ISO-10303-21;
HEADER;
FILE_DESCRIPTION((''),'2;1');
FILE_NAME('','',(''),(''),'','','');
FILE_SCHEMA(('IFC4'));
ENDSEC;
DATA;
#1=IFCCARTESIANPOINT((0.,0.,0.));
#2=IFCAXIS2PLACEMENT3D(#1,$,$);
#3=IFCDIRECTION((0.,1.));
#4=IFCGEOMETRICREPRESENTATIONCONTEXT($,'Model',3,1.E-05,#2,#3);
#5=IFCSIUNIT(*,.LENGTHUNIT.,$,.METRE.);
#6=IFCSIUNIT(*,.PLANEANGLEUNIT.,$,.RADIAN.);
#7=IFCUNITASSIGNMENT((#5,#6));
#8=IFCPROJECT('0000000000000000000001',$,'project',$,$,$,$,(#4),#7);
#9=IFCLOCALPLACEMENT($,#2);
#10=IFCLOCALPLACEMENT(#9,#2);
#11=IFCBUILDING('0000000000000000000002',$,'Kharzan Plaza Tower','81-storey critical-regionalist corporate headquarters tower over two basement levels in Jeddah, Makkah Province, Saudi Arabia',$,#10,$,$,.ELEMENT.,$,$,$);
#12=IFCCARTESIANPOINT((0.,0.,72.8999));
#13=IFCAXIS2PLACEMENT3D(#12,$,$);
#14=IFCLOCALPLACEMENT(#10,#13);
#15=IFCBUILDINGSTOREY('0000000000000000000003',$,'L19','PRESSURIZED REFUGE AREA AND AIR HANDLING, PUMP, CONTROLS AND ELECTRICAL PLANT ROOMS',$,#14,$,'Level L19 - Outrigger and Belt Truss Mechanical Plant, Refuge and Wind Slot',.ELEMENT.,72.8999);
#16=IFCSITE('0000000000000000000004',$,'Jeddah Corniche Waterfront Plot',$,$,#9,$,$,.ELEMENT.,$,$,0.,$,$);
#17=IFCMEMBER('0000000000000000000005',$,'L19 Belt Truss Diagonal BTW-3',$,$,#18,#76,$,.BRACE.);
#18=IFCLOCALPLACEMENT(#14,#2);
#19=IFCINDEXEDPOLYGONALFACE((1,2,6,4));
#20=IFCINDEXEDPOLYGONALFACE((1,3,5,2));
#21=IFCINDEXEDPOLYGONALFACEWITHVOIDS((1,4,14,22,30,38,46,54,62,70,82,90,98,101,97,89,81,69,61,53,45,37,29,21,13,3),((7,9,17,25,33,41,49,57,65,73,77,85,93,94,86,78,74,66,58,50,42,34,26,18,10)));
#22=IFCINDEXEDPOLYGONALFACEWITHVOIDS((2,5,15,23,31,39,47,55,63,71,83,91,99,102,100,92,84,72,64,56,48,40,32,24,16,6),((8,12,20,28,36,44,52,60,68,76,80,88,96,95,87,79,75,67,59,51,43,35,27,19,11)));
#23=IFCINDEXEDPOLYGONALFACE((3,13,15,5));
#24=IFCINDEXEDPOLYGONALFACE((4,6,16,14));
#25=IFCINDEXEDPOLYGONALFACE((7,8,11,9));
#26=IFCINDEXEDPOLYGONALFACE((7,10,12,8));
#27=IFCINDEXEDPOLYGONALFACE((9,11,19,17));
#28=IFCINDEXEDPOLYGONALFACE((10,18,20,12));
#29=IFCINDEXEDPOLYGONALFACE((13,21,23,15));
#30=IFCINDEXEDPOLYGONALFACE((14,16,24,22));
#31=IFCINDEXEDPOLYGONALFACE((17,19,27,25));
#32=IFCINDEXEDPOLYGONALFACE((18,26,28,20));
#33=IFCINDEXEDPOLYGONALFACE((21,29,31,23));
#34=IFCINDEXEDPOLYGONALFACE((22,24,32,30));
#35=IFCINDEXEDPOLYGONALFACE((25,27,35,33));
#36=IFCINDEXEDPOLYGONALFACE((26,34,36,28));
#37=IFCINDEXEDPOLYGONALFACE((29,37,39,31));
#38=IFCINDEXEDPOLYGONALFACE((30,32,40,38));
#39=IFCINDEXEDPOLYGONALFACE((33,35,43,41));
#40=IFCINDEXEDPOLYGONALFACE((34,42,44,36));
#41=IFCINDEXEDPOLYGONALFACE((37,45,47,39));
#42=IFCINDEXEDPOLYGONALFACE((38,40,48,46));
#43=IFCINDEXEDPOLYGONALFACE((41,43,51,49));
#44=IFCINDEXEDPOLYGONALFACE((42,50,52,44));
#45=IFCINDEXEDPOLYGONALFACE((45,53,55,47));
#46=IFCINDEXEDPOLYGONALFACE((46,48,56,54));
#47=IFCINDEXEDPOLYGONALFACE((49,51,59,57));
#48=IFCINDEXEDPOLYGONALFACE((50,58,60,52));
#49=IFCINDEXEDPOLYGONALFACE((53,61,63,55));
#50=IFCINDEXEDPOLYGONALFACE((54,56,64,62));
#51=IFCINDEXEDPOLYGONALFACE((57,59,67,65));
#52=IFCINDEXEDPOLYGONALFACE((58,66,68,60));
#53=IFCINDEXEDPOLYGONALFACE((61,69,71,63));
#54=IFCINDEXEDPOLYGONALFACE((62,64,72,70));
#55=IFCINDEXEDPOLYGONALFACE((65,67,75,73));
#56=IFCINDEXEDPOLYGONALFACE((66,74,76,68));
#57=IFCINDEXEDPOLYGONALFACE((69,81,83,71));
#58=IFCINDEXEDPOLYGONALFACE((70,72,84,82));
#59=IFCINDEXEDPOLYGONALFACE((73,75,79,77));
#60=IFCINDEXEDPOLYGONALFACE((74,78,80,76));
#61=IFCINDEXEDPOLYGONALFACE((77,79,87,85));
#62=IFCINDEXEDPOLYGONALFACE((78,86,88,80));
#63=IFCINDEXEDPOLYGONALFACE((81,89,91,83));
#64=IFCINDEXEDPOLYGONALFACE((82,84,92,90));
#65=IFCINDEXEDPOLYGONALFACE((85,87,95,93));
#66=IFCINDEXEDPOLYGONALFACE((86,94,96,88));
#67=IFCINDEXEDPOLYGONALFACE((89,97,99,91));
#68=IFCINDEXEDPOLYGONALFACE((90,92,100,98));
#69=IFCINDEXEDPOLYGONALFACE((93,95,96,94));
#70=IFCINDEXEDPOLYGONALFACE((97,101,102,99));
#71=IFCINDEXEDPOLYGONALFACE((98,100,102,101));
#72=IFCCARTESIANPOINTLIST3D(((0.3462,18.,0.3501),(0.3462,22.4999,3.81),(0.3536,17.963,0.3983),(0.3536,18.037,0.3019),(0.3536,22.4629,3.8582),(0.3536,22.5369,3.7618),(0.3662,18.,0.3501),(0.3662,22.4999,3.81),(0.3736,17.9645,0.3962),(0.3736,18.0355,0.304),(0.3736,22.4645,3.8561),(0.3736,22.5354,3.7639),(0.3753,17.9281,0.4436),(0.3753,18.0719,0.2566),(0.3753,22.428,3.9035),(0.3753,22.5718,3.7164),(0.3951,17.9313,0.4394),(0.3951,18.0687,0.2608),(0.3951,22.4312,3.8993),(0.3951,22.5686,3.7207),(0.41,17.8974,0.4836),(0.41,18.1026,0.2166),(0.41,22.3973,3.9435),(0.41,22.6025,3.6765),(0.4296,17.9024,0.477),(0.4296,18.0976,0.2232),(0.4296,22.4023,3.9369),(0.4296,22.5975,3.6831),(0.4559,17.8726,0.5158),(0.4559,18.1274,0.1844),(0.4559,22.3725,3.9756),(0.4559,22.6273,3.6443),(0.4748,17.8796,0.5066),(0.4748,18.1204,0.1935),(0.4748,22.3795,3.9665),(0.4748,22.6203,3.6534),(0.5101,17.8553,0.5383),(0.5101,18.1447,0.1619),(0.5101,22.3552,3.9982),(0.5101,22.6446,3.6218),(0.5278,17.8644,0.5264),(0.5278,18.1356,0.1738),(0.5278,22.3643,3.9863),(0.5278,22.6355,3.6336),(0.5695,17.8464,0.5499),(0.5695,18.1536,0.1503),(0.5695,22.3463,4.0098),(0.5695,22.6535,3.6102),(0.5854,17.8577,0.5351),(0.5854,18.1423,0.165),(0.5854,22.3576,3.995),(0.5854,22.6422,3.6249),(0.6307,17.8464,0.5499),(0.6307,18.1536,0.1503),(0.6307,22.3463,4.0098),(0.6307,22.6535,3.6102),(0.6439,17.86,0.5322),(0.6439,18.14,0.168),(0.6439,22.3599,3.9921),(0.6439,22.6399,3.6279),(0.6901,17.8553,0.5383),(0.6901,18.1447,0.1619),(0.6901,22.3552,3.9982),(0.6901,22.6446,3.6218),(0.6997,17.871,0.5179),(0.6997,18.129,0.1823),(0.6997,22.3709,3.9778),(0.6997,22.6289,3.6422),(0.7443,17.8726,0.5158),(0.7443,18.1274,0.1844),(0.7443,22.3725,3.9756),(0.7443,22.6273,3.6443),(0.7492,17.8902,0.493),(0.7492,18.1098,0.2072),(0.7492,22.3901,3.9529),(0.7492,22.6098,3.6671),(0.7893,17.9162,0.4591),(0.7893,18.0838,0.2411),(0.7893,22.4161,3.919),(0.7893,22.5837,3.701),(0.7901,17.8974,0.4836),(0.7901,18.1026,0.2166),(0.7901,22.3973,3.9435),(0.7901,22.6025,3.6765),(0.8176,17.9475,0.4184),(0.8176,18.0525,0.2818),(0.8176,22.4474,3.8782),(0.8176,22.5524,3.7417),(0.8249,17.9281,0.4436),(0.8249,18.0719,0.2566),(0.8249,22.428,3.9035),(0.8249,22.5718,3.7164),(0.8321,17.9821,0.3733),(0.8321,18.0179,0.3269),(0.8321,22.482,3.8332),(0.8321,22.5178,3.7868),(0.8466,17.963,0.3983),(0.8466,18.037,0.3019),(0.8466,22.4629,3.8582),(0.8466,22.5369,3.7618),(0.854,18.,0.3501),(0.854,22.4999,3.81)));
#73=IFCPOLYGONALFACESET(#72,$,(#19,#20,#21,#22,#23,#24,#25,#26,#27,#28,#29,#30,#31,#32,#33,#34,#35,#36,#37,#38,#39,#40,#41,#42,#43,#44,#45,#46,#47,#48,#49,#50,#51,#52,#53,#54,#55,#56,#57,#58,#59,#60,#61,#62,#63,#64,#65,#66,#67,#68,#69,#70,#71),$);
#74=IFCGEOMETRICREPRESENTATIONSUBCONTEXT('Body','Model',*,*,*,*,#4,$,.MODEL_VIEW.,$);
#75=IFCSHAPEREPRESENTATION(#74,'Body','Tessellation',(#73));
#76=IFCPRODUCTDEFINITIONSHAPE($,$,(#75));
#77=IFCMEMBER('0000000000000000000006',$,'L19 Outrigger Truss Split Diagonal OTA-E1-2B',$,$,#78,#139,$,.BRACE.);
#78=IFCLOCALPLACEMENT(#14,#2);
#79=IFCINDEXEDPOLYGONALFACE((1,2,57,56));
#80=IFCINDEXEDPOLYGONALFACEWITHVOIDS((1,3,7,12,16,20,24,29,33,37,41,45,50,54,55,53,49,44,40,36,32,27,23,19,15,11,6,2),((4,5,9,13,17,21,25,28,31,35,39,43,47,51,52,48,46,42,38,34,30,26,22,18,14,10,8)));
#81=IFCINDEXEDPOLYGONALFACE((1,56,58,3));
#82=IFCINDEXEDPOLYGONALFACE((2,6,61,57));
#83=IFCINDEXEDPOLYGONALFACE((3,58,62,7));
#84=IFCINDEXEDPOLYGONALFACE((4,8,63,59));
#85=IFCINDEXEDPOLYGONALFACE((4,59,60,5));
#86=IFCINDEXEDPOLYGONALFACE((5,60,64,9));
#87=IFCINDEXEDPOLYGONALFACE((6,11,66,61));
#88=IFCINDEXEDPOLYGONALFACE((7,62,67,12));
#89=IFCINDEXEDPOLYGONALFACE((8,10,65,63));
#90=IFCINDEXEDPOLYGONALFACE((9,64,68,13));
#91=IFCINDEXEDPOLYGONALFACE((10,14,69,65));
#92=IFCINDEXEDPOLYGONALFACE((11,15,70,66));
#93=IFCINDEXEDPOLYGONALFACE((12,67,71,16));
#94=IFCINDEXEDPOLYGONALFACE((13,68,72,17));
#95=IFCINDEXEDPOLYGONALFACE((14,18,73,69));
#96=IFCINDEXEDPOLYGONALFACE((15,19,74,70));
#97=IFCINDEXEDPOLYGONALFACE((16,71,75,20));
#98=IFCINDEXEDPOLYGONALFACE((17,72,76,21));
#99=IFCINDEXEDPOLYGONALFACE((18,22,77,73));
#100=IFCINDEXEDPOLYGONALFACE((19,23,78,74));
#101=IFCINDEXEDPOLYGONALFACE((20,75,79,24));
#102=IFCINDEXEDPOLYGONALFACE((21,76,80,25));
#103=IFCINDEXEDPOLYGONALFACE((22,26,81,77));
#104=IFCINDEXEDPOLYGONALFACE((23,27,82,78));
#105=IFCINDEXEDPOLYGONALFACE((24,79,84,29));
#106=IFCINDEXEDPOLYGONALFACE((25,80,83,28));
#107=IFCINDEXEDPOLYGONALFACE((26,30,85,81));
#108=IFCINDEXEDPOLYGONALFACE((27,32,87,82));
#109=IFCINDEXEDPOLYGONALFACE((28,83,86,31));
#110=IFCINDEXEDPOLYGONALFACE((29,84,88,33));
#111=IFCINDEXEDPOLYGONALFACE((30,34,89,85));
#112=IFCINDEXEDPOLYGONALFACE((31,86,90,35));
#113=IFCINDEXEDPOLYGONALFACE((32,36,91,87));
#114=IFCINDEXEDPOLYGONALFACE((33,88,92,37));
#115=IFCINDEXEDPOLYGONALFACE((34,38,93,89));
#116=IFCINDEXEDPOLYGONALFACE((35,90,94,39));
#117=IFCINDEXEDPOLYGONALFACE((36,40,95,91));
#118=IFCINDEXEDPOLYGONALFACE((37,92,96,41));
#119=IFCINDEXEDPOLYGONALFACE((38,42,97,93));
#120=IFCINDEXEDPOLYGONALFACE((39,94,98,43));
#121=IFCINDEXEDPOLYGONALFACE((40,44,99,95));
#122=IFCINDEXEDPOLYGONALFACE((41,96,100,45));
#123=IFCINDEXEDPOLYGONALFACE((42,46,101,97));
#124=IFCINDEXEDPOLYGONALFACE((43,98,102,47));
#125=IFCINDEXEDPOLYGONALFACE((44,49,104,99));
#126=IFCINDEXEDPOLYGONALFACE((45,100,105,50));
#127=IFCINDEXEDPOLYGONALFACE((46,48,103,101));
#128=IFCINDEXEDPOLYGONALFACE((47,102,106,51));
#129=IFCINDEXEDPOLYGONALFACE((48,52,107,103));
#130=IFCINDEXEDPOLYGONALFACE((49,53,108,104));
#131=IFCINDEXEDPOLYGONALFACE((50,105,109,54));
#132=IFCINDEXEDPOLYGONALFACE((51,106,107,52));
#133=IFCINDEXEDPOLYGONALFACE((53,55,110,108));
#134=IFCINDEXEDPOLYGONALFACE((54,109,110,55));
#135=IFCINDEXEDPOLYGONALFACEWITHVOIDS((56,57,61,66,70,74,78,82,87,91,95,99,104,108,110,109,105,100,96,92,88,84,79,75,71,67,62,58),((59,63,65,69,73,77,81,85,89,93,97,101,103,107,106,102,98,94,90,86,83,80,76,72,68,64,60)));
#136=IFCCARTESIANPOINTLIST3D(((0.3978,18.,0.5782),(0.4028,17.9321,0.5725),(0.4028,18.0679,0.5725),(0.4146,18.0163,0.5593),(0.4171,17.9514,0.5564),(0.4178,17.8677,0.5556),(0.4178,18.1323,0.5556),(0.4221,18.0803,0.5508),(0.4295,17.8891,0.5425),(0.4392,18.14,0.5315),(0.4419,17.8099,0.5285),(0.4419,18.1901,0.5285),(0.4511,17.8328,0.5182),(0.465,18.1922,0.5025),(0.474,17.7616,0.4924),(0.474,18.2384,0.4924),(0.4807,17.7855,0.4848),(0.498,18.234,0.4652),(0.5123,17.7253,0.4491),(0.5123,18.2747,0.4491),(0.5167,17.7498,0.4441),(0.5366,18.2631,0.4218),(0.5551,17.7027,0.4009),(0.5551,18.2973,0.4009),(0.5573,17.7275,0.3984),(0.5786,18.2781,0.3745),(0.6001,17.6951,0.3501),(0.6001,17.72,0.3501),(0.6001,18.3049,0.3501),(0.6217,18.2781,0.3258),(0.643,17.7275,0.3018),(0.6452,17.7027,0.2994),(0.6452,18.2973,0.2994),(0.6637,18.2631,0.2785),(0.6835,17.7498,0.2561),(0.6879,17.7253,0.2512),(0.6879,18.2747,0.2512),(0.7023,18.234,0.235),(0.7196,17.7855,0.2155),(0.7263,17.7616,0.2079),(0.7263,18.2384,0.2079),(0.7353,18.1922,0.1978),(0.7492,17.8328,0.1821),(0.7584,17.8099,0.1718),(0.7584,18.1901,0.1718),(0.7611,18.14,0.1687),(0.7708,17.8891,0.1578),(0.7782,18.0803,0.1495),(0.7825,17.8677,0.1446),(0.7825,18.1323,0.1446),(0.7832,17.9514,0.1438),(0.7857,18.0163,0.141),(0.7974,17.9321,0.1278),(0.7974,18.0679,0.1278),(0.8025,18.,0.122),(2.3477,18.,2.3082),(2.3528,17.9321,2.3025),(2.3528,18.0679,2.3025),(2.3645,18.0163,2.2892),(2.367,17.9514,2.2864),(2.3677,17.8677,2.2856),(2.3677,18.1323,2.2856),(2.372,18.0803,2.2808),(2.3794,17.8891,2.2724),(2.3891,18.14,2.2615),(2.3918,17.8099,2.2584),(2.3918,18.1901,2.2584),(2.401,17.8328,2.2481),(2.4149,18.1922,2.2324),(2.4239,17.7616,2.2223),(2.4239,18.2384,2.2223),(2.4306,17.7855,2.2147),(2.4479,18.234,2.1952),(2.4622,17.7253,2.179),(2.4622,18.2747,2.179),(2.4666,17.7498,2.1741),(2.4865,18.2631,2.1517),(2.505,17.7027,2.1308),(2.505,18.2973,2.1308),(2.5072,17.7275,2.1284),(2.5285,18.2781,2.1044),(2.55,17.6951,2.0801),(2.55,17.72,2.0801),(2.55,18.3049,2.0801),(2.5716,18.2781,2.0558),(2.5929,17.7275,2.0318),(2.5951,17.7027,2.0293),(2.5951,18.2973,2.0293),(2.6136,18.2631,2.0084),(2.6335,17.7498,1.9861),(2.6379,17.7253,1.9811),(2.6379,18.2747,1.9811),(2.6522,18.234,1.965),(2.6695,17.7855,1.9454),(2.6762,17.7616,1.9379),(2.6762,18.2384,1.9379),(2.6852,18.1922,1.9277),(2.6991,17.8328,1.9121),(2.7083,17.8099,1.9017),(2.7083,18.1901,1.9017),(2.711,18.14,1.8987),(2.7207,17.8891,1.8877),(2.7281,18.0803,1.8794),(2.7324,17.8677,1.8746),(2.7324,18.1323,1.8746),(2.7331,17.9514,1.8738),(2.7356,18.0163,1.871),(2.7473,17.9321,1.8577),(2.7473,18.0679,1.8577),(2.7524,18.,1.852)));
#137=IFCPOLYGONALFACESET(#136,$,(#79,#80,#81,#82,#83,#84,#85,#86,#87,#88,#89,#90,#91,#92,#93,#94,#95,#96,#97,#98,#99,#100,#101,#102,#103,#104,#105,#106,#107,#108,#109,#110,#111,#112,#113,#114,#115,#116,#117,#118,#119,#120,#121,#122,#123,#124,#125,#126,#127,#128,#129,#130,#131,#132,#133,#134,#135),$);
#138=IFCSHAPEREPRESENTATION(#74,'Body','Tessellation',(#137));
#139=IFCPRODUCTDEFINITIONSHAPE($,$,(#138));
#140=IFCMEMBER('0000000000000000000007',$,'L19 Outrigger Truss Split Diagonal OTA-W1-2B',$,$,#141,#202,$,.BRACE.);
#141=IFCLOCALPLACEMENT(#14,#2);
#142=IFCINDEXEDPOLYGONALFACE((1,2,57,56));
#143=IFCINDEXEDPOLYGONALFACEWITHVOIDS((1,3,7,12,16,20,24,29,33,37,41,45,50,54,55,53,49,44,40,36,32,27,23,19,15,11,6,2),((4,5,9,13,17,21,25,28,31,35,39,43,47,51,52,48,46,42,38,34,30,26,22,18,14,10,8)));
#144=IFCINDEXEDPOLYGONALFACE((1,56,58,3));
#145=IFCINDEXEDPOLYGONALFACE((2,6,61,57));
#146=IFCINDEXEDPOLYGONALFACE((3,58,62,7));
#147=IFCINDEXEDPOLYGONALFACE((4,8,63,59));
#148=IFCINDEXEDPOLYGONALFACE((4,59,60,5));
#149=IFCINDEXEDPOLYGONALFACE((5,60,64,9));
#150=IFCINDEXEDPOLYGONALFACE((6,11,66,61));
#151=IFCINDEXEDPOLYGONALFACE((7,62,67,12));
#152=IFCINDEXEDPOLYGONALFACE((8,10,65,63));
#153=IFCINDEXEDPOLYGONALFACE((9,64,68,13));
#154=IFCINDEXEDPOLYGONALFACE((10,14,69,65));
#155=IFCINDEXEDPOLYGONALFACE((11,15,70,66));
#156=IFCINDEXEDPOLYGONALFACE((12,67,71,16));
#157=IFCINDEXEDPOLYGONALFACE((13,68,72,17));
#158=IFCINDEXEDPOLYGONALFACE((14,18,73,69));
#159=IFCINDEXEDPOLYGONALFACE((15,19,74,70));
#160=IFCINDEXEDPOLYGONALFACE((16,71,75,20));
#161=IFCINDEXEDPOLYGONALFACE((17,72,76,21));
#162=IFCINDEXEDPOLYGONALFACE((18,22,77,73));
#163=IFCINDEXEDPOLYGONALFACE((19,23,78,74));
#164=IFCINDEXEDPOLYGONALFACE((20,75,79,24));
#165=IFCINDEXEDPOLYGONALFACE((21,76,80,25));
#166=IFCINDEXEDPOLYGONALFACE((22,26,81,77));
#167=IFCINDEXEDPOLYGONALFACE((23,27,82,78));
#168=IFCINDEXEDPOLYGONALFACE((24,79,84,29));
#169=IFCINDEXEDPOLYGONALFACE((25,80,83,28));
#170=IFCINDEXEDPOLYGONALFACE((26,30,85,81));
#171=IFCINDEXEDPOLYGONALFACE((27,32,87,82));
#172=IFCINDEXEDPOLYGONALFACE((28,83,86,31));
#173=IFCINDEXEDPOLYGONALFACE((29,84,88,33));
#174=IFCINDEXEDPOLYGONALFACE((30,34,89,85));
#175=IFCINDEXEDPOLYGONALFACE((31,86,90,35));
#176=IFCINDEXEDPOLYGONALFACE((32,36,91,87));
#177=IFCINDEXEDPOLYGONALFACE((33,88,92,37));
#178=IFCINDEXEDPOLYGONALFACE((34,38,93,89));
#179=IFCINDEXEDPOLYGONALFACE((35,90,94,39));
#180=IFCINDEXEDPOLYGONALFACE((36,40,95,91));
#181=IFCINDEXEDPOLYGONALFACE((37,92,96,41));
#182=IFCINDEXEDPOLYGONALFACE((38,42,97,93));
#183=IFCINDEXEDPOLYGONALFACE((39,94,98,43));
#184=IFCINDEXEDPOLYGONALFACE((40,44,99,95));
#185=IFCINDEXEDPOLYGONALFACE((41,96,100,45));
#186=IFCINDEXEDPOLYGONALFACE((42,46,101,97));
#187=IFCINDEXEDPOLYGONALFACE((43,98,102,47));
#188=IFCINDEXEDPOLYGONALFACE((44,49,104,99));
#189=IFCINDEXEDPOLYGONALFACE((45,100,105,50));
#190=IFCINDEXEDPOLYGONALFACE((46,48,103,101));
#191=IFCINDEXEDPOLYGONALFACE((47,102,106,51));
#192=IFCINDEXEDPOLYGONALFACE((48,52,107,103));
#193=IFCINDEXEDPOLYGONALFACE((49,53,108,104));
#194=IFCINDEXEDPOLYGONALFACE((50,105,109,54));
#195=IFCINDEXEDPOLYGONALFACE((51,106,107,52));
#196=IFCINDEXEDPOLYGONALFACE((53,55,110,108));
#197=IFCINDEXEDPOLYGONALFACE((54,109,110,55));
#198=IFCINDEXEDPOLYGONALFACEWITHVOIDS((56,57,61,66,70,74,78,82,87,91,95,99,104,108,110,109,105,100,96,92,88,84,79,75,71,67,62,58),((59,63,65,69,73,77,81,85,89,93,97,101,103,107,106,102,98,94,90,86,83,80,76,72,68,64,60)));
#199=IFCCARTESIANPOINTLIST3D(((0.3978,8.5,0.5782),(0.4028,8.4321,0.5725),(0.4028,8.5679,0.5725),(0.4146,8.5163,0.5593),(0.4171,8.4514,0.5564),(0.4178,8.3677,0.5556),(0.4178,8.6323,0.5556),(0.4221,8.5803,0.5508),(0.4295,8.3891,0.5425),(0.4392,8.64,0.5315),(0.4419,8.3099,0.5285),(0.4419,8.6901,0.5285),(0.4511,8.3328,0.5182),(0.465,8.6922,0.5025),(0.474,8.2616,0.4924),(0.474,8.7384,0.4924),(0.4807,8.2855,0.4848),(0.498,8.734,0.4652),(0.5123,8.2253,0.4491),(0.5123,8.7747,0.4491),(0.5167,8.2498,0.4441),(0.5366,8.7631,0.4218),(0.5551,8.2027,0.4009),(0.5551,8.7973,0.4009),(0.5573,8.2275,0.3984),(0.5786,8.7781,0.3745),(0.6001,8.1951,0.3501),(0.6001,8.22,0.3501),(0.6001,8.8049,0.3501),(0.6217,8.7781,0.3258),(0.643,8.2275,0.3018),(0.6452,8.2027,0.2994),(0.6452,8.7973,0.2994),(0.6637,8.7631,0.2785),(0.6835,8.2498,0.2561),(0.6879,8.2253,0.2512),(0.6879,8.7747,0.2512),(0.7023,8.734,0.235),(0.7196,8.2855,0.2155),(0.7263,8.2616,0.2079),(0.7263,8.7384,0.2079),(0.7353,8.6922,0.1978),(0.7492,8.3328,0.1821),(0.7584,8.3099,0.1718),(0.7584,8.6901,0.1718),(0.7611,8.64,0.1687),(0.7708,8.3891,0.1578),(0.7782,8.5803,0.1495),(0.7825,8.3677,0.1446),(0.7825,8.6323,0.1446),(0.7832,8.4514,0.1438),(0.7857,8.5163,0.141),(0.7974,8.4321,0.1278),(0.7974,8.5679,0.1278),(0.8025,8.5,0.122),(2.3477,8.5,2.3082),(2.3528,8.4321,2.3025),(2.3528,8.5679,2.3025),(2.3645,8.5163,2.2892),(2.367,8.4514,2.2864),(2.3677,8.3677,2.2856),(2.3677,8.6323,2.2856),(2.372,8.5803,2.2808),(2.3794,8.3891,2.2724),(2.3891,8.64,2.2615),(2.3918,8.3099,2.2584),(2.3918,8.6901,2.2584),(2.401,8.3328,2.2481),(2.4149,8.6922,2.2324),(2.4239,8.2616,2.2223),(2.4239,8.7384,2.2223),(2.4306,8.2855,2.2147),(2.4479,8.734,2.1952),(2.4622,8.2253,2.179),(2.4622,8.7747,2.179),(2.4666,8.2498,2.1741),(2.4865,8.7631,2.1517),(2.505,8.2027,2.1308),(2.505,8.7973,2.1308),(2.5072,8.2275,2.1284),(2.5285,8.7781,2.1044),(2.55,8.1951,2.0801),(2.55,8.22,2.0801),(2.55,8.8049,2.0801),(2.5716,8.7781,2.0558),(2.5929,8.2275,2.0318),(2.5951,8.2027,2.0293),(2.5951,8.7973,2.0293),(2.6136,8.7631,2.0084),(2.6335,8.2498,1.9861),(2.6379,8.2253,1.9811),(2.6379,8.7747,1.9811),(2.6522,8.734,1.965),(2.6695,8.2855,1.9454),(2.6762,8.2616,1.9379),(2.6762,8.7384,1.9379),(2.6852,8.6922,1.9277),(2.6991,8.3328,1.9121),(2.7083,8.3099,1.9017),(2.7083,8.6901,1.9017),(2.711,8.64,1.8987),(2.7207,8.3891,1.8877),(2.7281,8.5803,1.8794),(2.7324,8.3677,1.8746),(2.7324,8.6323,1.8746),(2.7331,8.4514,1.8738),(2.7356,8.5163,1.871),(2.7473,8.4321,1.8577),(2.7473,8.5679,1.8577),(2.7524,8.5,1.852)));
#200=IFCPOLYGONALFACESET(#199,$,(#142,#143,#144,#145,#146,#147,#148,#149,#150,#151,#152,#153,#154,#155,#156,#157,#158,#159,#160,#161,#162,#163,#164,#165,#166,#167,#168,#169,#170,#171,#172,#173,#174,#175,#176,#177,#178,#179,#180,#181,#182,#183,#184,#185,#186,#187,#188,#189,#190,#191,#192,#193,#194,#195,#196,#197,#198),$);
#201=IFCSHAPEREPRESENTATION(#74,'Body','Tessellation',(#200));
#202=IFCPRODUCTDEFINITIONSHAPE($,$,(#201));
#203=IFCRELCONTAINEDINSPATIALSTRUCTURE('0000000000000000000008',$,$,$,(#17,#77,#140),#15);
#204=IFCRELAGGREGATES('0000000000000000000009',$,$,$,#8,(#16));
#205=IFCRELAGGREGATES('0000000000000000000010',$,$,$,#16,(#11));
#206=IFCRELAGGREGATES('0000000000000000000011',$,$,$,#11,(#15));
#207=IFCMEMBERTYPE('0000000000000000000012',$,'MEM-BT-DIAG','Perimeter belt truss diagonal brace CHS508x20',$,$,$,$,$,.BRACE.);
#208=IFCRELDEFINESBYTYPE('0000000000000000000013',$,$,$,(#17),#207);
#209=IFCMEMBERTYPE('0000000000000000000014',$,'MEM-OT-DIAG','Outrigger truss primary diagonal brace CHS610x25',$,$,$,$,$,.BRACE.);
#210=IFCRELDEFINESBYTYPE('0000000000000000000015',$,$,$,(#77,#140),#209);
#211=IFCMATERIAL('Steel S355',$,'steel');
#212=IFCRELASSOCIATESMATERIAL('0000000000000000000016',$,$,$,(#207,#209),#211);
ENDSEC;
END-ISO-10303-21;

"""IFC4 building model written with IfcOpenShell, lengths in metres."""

from ifc_helpers import new_model, si_unit, direction, frame, origin, origin_2d, place, context, subcontext, project, spatial, hollow_circle, extrude, source, transform, mapped, material, material_profile, profile_set, type_object, element, save


model = new_model("IFC4")

# Units and contexts
model_context = context("Model", 3, precision=1e-05, world=origin(), true_north=direction((0.0, 1.0)))
body_context = subcontext(model_context, "Body", "Model", "MODEL_VIEW")
ifc_project = project(units=[si_unit("LENGTHUNIT", "METRE"), si_unit("PLANEANGLEUNIT", "RADIAN")], contexts=[model_context])

# Site, building, storey
site_placement = place(None, origin())
site = spatial("IfcSite", under=ifc_project, at=site_placement, Name="Jeddah Corniche Waterfront Plot", CompositionType="ELEMENT", RefElevation=0.0)
building_placement = place(site_placement, origin())
building = spatial("IfcBuilding", under=site, at=building_placement, Name="Kharzan Plaza Tower", Description="81-storey critical-regionalist corporate headquarters tower over two basement levels in Jeddah, Makkah Province, Saudi Arabia", CompositionType="ELEMENT")
storey_placement = place(building_placement, frame((0.0, 0.0, 72.8999)))
storey = spatial("IfcBuildingStorey", under=building, at=storey_placement, Name="L19", Description="PRESSURIZED REFUGE AREA AND AIR HANDLING, PUMP, CONTROLS AND ELECTRICAL PLANT ROOMS", LongName="Level L19 - Outrigger and Belt Truss Mechanical Plant, Refuge and Wind Slot", CompositionType="ELEMENT", Elevation=72.8999)

# Shared definitions
ifc_material_1 = material(Name="Steel S355", Category="steel")

# Members
ifc_material_profile_1 = material_profile(ifc_material_1, hollow_circle(Radius=0.2539, WallThickness=0.02, at=origin_2d()), Name="CHS508x20")
ifc_profile_set_1 = profile_set([ifc_material_profile_1], Name="Steel S355")
member_type_1 = type_object("IfcMemberType", Name="MEM-BT-DIAG", Description="Perimeter belt truss diagonal brace CHS508x20", PredefinedType="BRACE", material=ifc_profile_set_1)
shared_shape_1 = source(origin(), body_context, "Body", "SweptSolid", [
    extrude(hollow_circle(Radius=0.2539, WallThickness=0.02, at=origin_2d()), origin(), (0.0, 0.0, 1.0), 5.6763),
])
member_1_placement = place(storey_placement, frame((0.6001, 18.0, 0.3501), z_axis=(0.0, 0.792758, 0.609536), x_axis=(-1.0, 0.0, 0.0)))
element("IfcMember", 1, at=member_1_placement, inside=storey, type_object=member_type_1, Name="L19 Belt Truss Diagonal BTW-3", PredefinedType="BRACE", context=body_context, shape_type="MappedRepresentation", body=[
    mapped(shared_shape_1, transform((0.0, 0.0, 0.0), x_axis=(1.0, 0.0, 0.0), y_axis=(0.0, 1.0, 0.0), z_axis=(0.0, 0.0, 1.0))),
])
ifc_material_profile_2 = material_profile(ifc_material_1, hollow_circle(Radius=0.3049, WallThickness=0.0249, at=origin_2d()), Name="CHS610x25")
ifc_profile_set_2 = profile_set([ifc_material_profile_2], Name="Steel S355")
member_type_2 = type_object("IfcMemberType", Name="MEM-OT-DIAG", Description="Outrigger truss primary diagonal brace CHS610x25", PredefinedType="BRACE", material=ifc_profile_set_2)
shared_shape_2 = source(origin(), body_context, "Body", "SweptSolid", [
    extrude(hollow_circle(Radius=0.3049, WallThickness=0.0249, at=origin_2d()), origin(), (0.0, 0.0, 1.0), 2.6067),
])
for number, where, z_axis, x_axis, name in (
    (2, (2.55, 18.0, 2.0801), (-0.748039, 0.0, -0.663654), (0.0, -1.0, 0.0), "L19 Outrigger Truss Split Diagonal OTA-E1-2B"),
    (3, (2.55, 8.5, 2.0801), (-0.748039, 0.0, -0.663654), (0.0, -1.0, 0.0), "L19 Outrigger Truss Split Diagonal OTA-W1-2B"),
):
    element("IfcMember", number, at=place(storey_placement, frame(where, z_axis=z_axis, x_axis=x_axis)), inside=storey, type_object=member_type_2, Name=name, PredefinedType="BRACE", context=body_context, shape_type="MappedRepresentation", body=[
        mapped(shared_shape_2, transform((0.0, 0.0, 0.0), x_axis=(1.0, 0.0, 0.0), y_axis=(0.0, 1.0, 0.0), z_axis=(0.0, 0.0, 1.0))),
    ])

save(model, "model.ifc")
